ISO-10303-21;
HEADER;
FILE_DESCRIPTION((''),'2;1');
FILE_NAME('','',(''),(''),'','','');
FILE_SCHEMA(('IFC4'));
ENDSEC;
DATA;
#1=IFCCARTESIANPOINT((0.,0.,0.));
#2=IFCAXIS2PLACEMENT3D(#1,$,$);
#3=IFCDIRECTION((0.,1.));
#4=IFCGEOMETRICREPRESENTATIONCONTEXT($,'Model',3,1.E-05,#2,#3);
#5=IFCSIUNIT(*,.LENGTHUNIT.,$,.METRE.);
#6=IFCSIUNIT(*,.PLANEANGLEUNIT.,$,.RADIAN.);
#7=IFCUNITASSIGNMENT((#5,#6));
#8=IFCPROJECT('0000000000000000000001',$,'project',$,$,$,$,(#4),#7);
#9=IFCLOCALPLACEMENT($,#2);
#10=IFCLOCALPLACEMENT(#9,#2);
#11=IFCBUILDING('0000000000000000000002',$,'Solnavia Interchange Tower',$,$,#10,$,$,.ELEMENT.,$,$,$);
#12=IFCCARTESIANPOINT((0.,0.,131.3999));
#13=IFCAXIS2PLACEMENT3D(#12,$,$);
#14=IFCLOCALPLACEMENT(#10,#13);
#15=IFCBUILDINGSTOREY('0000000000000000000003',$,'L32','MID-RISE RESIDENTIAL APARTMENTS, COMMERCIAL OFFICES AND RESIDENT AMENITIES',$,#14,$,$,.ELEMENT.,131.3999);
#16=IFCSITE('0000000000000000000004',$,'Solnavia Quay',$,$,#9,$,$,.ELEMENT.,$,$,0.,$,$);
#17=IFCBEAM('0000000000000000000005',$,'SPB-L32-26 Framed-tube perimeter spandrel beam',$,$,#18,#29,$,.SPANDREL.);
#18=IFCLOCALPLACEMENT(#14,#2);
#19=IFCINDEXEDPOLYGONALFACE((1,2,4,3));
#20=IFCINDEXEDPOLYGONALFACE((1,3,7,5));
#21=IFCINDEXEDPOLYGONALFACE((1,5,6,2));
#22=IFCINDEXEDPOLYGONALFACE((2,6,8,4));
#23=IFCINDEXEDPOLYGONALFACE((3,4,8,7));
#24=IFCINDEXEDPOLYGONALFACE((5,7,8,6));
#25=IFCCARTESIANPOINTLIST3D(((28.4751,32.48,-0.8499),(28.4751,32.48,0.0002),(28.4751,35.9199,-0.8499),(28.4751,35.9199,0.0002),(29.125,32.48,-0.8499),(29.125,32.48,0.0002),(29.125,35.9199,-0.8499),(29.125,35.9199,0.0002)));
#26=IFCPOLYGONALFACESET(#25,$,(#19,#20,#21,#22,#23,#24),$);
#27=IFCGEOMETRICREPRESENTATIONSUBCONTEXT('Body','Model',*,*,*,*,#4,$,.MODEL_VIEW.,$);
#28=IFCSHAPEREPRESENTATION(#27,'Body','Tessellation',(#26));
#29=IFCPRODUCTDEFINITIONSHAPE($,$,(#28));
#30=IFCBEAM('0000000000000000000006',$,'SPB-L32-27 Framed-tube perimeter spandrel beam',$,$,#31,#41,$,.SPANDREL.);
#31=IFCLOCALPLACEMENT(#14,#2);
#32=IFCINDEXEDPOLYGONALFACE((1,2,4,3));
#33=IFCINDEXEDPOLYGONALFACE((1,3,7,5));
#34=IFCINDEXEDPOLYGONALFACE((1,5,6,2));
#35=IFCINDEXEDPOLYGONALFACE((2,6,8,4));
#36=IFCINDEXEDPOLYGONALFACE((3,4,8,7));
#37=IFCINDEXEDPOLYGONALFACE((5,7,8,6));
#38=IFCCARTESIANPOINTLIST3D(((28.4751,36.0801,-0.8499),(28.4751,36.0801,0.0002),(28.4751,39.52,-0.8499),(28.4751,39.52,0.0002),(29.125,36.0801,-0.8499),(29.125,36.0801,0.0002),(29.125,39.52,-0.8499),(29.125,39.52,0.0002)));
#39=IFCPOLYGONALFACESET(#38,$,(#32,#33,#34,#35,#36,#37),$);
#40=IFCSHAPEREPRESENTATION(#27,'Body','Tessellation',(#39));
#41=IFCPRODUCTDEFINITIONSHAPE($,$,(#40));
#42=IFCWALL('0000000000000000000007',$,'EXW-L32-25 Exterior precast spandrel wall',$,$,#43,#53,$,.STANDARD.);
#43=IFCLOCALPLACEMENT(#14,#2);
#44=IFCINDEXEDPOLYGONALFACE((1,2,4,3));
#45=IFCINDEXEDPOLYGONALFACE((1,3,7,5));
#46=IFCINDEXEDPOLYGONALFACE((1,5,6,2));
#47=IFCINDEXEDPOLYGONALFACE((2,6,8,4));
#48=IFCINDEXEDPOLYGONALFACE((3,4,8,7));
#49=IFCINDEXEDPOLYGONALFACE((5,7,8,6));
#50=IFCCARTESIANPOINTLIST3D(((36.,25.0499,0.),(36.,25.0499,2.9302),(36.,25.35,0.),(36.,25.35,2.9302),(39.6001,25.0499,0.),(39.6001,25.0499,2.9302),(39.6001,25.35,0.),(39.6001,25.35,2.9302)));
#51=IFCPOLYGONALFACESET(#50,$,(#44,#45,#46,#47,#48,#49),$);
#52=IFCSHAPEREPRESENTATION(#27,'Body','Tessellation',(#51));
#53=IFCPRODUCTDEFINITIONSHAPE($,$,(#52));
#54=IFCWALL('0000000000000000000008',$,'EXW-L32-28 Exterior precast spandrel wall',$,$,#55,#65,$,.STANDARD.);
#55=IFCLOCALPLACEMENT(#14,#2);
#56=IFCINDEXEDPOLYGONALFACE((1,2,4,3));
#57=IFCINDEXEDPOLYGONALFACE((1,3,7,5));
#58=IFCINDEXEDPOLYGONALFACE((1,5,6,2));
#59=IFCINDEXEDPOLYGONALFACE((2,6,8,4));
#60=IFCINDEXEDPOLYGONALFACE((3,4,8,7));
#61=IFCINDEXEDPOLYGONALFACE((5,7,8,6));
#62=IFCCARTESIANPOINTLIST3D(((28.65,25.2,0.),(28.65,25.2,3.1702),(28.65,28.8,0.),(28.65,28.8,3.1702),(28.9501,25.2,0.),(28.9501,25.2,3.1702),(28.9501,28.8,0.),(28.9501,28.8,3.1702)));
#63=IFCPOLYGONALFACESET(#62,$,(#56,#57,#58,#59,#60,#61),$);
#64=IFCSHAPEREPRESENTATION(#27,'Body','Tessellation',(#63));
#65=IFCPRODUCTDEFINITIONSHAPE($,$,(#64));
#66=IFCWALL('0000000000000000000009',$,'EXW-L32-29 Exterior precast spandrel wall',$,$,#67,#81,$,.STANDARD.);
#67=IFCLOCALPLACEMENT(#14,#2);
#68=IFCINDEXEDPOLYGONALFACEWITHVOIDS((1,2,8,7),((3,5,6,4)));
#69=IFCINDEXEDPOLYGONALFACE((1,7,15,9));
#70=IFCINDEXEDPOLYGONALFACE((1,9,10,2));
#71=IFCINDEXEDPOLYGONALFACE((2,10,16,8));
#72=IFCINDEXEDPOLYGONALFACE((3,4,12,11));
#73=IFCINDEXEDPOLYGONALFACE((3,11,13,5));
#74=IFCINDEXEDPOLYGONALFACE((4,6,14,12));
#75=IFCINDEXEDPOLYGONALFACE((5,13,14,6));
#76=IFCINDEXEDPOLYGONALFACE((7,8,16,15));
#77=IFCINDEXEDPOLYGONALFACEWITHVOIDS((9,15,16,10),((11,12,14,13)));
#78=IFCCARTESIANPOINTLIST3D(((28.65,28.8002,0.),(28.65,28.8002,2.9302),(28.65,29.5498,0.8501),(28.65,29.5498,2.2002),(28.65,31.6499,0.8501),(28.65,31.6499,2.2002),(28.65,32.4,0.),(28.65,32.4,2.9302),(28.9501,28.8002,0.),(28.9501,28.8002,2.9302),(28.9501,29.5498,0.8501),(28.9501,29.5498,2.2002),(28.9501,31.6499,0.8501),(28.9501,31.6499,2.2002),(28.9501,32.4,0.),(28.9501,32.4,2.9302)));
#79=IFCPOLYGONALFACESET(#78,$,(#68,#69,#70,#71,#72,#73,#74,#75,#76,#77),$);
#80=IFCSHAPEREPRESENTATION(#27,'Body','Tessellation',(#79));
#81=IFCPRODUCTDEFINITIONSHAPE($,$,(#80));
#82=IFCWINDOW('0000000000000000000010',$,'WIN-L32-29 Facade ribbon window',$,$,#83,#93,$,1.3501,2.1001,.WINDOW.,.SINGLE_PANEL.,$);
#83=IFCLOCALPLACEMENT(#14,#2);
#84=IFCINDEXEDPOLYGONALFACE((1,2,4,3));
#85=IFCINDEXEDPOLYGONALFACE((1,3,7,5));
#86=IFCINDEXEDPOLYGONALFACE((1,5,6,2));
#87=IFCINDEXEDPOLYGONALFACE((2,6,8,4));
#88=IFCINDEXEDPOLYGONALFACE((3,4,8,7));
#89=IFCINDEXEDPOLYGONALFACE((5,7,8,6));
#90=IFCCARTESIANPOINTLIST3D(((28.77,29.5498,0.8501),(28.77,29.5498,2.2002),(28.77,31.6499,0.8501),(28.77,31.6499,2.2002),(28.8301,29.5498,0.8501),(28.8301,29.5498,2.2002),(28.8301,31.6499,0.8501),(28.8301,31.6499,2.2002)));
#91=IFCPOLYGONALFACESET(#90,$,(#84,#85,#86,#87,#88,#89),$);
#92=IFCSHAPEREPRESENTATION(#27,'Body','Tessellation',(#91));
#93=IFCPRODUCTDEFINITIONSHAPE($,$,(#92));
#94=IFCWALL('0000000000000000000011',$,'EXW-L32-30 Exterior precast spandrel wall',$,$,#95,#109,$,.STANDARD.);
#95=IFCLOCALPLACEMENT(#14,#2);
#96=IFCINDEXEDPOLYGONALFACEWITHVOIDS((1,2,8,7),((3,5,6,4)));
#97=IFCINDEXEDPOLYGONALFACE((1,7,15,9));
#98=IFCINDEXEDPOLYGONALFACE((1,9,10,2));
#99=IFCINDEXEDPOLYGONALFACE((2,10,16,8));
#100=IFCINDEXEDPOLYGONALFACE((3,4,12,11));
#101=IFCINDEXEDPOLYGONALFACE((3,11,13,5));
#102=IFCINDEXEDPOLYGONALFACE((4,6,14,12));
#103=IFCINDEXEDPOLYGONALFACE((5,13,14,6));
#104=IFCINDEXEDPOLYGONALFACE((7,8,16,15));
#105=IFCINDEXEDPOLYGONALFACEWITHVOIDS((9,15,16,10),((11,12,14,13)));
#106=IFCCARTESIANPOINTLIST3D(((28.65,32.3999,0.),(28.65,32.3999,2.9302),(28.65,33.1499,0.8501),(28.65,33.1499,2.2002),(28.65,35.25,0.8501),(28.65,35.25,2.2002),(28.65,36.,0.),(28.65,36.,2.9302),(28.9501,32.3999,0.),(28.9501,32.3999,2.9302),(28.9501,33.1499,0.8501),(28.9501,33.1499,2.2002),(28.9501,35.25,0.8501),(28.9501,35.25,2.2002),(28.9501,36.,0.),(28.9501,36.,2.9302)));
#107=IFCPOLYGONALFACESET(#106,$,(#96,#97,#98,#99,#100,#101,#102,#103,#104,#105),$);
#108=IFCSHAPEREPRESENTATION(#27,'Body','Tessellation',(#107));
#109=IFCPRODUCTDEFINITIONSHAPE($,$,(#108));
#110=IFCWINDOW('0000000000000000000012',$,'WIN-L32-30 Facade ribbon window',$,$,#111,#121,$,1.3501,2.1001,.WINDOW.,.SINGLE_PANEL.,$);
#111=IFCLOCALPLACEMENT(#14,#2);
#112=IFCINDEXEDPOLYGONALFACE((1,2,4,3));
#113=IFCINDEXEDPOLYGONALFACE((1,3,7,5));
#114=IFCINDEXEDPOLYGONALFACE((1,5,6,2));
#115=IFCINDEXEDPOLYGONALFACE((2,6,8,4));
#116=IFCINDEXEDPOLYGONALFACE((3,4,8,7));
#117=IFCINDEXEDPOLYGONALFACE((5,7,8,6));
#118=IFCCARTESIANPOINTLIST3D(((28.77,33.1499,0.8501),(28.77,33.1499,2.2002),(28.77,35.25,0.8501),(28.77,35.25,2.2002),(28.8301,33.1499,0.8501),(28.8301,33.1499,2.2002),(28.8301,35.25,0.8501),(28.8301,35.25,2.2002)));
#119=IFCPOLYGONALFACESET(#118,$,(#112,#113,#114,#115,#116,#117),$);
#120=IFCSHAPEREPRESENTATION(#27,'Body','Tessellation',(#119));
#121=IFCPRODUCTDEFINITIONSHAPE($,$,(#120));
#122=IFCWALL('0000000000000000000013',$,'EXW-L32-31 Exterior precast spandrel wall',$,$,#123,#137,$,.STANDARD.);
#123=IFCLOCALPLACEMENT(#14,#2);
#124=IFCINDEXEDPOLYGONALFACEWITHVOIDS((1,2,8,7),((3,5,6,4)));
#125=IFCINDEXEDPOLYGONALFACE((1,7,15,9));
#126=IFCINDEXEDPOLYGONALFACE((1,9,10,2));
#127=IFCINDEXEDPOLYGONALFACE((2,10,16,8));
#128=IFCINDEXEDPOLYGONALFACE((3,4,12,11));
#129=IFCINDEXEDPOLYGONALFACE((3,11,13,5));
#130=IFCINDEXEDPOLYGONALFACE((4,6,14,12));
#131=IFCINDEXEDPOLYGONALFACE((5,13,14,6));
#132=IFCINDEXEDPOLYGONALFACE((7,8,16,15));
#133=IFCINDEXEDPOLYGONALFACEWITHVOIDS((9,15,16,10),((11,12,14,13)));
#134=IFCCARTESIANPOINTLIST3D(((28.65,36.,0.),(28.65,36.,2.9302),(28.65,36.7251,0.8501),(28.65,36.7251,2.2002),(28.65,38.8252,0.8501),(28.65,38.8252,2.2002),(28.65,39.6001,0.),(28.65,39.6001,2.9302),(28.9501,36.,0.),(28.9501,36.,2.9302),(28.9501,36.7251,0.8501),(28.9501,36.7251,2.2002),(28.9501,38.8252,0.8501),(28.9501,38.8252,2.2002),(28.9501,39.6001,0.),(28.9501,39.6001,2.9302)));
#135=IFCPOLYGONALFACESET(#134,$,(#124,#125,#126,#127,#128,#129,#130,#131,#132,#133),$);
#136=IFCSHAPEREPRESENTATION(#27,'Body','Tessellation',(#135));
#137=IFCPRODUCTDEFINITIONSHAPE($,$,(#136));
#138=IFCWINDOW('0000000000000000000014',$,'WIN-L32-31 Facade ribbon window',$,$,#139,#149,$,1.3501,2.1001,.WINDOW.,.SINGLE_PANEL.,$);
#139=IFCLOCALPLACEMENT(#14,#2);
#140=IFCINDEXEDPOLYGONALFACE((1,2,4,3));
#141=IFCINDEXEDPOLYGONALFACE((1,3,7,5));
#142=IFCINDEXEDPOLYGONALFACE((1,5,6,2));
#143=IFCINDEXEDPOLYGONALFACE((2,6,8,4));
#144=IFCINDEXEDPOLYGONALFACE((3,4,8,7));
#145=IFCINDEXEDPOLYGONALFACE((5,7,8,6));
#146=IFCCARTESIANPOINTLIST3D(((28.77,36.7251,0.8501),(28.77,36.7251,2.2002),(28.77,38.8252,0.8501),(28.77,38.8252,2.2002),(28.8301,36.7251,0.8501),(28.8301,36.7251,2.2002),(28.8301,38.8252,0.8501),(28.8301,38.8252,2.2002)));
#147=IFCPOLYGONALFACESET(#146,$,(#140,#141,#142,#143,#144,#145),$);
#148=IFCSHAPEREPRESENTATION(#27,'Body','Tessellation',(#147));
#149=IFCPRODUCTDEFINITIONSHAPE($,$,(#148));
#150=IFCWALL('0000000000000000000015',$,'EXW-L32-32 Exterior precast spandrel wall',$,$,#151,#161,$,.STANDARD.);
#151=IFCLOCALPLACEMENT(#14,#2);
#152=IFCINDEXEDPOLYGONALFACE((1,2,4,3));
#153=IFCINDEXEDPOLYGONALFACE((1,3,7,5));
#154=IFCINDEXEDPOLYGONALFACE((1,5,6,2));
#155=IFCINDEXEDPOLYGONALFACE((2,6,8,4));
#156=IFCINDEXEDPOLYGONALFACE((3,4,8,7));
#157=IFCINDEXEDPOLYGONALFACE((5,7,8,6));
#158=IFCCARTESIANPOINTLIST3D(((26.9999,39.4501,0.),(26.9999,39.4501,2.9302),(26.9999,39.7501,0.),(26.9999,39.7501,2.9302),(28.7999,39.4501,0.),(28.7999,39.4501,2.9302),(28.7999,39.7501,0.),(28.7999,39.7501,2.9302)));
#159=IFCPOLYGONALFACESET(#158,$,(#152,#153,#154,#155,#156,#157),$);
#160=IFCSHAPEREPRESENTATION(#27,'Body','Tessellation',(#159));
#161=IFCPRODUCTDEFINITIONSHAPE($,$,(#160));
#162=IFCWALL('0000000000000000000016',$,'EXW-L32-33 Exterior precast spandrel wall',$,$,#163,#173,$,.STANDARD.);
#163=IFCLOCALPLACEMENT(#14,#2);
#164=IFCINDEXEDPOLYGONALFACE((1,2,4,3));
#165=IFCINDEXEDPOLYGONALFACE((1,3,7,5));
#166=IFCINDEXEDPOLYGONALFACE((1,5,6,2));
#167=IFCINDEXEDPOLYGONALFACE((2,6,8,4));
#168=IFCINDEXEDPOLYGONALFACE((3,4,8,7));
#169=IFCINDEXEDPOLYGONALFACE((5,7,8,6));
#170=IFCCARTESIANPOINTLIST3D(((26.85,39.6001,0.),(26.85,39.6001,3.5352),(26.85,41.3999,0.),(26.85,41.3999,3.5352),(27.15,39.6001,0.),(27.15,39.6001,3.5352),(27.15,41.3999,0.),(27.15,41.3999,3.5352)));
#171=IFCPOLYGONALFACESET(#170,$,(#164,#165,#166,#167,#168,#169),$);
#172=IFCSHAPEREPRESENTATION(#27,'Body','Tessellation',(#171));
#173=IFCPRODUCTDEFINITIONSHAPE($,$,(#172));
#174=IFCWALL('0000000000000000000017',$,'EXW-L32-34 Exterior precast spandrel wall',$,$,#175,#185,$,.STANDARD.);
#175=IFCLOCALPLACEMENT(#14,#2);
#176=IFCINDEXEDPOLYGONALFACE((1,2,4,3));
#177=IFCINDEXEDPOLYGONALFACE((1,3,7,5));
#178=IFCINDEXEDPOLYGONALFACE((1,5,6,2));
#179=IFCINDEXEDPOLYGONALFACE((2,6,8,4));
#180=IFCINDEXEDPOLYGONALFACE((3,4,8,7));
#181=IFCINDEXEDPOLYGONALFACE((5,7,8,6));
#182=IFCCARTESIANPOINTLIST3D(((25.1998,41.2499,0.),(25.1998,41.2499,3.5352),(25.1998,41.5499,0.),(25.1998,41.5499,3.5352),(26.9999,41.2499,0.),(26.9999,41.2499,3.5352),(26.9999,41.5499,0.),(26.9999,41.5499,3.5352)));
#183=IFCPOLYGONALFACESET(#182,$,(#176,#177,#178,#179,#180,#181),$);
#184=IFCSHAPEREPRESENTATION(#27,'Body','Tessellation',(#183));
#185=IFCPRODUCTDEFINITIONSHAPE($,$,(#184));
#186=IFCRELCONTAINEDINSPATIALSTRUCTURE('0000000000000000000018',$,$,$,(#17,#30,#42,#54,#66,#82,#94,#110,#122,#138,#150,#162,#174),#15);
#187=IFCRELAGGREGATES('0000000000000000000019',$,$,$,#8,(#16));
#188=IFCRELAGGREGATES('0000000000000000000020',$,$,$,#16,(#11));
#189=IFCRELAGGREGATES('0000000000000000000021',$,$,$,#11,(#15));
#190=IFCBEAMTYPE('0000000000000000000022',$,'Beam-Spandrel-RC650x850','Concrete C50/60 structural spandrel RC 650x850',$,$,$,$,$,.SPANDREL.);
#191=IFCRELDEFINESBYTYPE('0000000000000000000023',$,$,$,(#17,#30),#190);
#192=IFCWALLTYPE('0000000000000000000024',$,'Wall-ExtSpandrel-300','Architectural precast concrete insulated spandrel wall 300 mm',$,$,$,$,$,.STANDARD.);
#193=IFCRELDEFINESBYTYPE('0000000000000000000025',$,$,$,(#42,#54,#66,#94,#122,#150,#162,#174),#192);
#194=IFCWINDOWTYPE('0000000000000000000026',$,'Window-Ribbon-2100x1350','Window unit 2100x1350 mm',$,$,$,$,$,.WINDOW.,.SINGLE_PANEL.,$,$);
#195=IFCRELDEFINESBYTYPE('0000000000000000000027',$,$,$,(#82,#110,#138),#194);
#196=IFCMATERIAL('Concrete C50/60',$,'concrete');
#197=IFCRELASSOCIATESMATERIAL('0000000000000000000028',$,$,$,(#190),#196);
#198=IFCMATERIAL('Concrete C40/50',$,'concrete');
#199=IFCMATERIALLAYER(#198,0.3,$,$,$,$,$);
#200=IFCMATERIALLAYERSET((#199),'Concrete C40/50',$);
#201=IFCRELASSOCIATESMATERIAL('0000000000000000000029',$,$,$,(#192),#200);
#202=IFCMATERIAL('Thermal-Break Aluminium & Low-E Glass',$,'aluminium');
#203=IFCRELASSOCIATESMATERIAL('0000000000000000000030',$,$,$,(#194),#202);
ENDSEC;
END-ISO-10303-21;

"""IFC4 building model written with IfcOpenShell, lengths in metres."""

from ifc_helpers import new_model, si_unit, direction, frame, frame_2d, origin, origin_2d, place, context, subcontext, project, spatial, rectangle, extrude, material, layer, layer_set, material_profile, profile_set, type_object, element, fill, save


model = new_model("IFC4")

# Units and contexts
model_context = context("Model", 3, precision=1e-05, world=origin(), true_north=direction((0.0, 1.0)))
body_context = subcontext(model_context, "Body", "Model", "MODEL_VIEW")
ifc_project = project(units=[si_unit("LENGTHUNIT", "METRE"), si_unit("PLANEANGLEUNIT", "RADIAN")], contexts=[model_context])

# Site, building, storey
site_placement = place(None, origin())
site = spatial("IfcSite", under=ifc_project, at=site_placement, Name="Solnavia Quay", CompositionType="ELEMENT", RefElevation=0.0)
building_placement = place(site_placement, origin())
building = spatial("IfcBuilding", under=site, at=building_placement, Name="Solnavia Interchange Tower", CompositionType="ELEMENT")
storey_placement = place(building_placement, frame((0.0, 0.0, 131.3999)))
storey = spatial("IfcBuildingStorey", under=building, at=storey_placement, Name="L32", Description="MID-RISE RESIDENTIAL APARTMENTS, COMMERCIAL OFFICES AND RESIDENT AMENITIES", CompositionType="ELEMENT", Elevation=131.3999)

# Shared definitions
ifc_material_1 = material(Name="Concrete C50/60", Category="concrete")

# Beams
ifc_material_profile_1 = material_profile(ifc_material_1, rectangle(XDim=0.6499, YDim=0.8501, at=origin_2d()), Name="RC 650x850")
ifc_profile_set_1 = profile_set([ifc_material_profile_1], Name="Concrete C50/60")
beam_type_1 = type_object("IfcBeamType", Name="Beam-Spandrel-RC650x850", Description="Concrete C50/60 structural spandrel RC 650x850", PredefinedType="SPANDREL", material=ifc_profile_set_1)
for number, where, z_axis, x_axis, name in (
    (1, (28.8, 32.48, -0.4248), (0.0, 1.0, 0.0), (-1.0, 0.0, 0.0), "SPB-L32-26 Framed-tube perimeter spandrel beam"),
    (2, (28.8, 36.0801, -0.4248), (0.0, 1.0, 0.0), (-1.0, 0.0, 0.0), "SPB-L32-27 Framed-tube perimeter spandrel beam"),
):
    element("IfcBeam", number, at=place(storey_placement, frame(where, z_axis=z_axis, x_axis=x_axis)), inside=storey, type_object=beam_type_1, Name=name, PredefinedType="SPANDREL", context=body_context, shape_type="SweptSolid", body=[
        extrude(rectangle(XDim=0.6499, YDim=0.8501, at=origin_2d()), origin(), (0.0, 0.0, 1.0), 3.4399),
    ])

# Walls
ifc_material_2 = material(Name="Concrete C40/50", Category="concrete")
ifc_layer = layer(ifc_material_2, 0.3)
ifc_layer_set = layer_set([ifc_layer], Name="Concrete C40/50")
wall_type = type_object("IfcWallType", Name="Wall-ExtSpandrel-300", Description="Architectural precast concrete insulated spandrel wall 300 mm", PredefinedType="STANDARD", material=ifc_layer_set)
wall_1_placement = place(storey_placement, frame((36.0, 25.2, 0.0), z_axis=(0.0, 0.0, 1.0), x_axis=(1.0, 0.0, 0.0)))
element("IfcWall", 3, at=wall_1_placement, inside=storey, type_object=wall_type, Name="EXW-L32-25 Exterior precast spandrel wall", PredefinedType="STANDARD", context=body_context, shape_type="SweptSolid", body=[
    extrude(rectangle(XDim=3.6001, YDim=0.3, at=frame_2d((1.8, 0.0))), origin(), (0.0, 0.0, 1.0), 2.9302),
])
wall_2_placement = place(storey_placement, frame((28.8, 28.8, 0.0), z_axis=(0.0, 0.0, 1.0), x_axis=(0.0, -1.0, 0.0)))
element("IfcWall", 4, at=wall_2_placement, inside=storey, type_object=wall_type, Name="EXW-L32-28 Exterior precast spandrel wall", PredefinedType="STANDARD", context=body_context, shape_type="SweptSolid", body=[
    extrude(rectangle(XDim=3.6001, YDim=0.3, at=frame_2d((1.8, 0.0))), origin(), (0.0, 0.0, 1.0), 3.1702),
])

# Walls, openings, windows
wall_3_placement = place(storey_placement, frame((28.8, 32.3999, 0.0), z_axis=(0.0, 0.0, 1.0), x_axis=(0.0, -1.0, 0.0)))
wall_3 = element("IfcWall", 5, at=wall_3_placement, inside=storey, type_object=wall_type, Name="EXW-L32-29 Exterior precast spandrel wall", PredefinedType="STANDARD", context=body_context, shape_type="SweptSolid", body=[
    extrude(rectangle(XDim=3.5999, YDim=0.3, at=frame_2d((1.7998, 0.0))), origin(), (0.0, 0.0, 1.0), 2.9302),
])
opening_1_placement = place(wall_3_placement, frame((0.75, 0.0, 0.8501)))
opening_1 = element("IfcOpeningElement", 6, at=opening_1_placement, cuts=wall_3, PredefinedType="OPENING", context=body_context, shape_type="SweptSolid", body=[
    extrude(rectangle(XDim=2.1001, YDim=1.3501, at=frame_2d((1.05, 0.675))), frame((0.0, 0.1602, 0.0), z_axis=(0.0, -1.0, 0.0), x_axis=(1.0, 0.0, 0.0)), (0.0, 0.0, 1.0), 0.3201),
])
ifc_material_3 = material(Name="Thermal-Break Aluminium & Low-E Glass", Category="aluminium")
window_type = type_object("IfcWindowType", Name="Window-Ribbon-2100x1350", Description="Window unit 2100x1350 mm", PartitioningType="SINGLE_PANEL", PredefinedType="WINDOW", material=ifc_material_3)
window_1_placement = place(opening_1_placement, origin())
window_1 = element("IfcWindow", 7, at=window_1_placement, inside=storey, type_object=window_type, Name="WIN-L32-29 Facade ribbon window", OverallHeight=1.3501, OverallWidth=2.1001, PartitioningType="SINGLE_PANEL", PredefinedType="WINDOW", context=body_context, shape_type="SweptSolid", body=[
    extrude(rectangle(XDim=2.1001, YDim=1.3501, at=frame_2d((1.05, 0.675))), frame((0.0, 0.03, 0.0), z_axis=(0.0, -1.0, 0.0), x_axis=(1.0, 0.0, 0.0)), (0.0, 0.0, 1.0), 0.0601),
])
fill(opening_1, window_1)
wall_4_placement = place(storey_placement, frame((28.8, 36.0, 0.0), z_axis=(0.0, 0.0, 1.0), x_axis=(0.0, -1.0, 0.0)))
wall_4 = element("IfcWall", 8, at=wall_4_placement, inside=storey, type_object=wall_type, Name="EXW-L32-30 Exterior precast spandrel wall", PredefinedType="STANDARD", context=body_context, shape_type="SweptSolid", body=[
    extrude(rectangle(XDim=3.6001, YDim=0.3, at=frame_2d((1.8, 0.0))), origin(), (0.0, 0.0, 1.0), 2.9302),
])
opening_2_placement = place(wall_4_placement, frame((0.75, 0.0, 0.8501)))
opening_2 = element("IfcOpeningElement", 9, at=opening_2_placement, cuts=wall_4, PredefinedType="OPENING", context=body_context, shape_type="SweptSolid", body=[
    extrude(rectangle(XDim=2.1001, YDim=1.3501, at=frame_2d((1.05, 0.675))), frame((0.0, 0.1602, 0.0), z_axis=(0.0, -1.0, 0.0), x_axis=(1.0, 0.0, 0.0)), (0.0, 0.0, 1.0), 0.3201),
])
window_2_placement = place(opening_2_placement, origin())
window_2 = element("IfcWindow", 10, at=window_2_placement, inside=storey, type_object=window_type, Name="WIN-L32-30 Facade ribbon window", OverallHeight=1.3501, OverallWidth=2.1001, PartitioningType="SINGLE_PANEL", PredefinedType="WINDOW", context=body_context, shape_type="SweptSolid", body=[
    extrude(rectangle(XDim=2.1001, YDim=1.3501, at=frame_2d((1.05, 0.675))), frame((0.0, 0.03, 0.0), z_axis=(0.0, -1.0, 0.0), x_axis=(1.0, 0.0, 0.0)), (0.0, 0.0, 1.0), 0.0601),
])
fill(opening_2, window_2)
wall_5_placement = place(storey_placement, frame((28.8, 39.6001, 0.0), z_axis=(0.0, 0.0, 1.0), x_axis=(0.0, -1.0, 0.0)))
wall_5 = element("IfcWall", 11, at=wall_5_placement, inside=storey, type_object=wall_type, Name="EXW-L32-31 Exterior precast spandrel wall", PredefinedType="STANDARD", context=body_context, shape_type="SweptSolid", body=[
    extrude(rectangle(XDim=3.6001, YDim=0.3, at=frame_2d((1.8, 0.0))), origin(), (0.0, 0.0, 1.0), 2.9302),
])
opening_3_placement = place(wall_5_placement, frame((0.7749, 0.0, 0.8501)))
opening_3 = element("IfcOpeningElement", 12, at=opening_3_placement, cuts=wall_5, PredefinedType="OPENING", context=body_context, shape_type="SweptSolid", body=[
    extrude(rectangle(XDim=2.1001, YDim=1.3501, at=frame_2d((1.05, 0.675))), frame((0.0, 0.1602, 0.0), z_axis=(0.0, -1.0, 0.0), x_axis=(1.0, 0.0, 0.0)), (0.0, 0.0, 1.0), 0.3201),
])
window_3_placement = place(opening_3_placement, origin())
window_3 = element("IfcWindow", 13, at=window_3_placement, inside=storey, type_object=window_type, Name="WIN-L32-31 Facade ribbon window", OverallHeight=1.3501, OverallWidth=2.1001, PartitioningType="SINGLE_PANEL", PredefinedType="WINDOW", context=body_context, shape_type="SweptSolid", body=[
    extrude(rectangle(XDim=2.1001, YDim=1.3501, at=frame_2d((1.05, 0.675))), frame((0.0, 0.03, 0.0), z_axis=(0.0, -1.0, 0.0), x_axis=(1.0, 0.0, 0.0)), (0.0, 0.0, 1.0), 0.0601),
])
fill(opening_3, window_3)

# Walls
wall_6_placement = place(storey_placement, frame((27.0, 39.6001, 0.0), z_axis=(0.0, 0.0, 1.0), x_axis=(1.0, 0.0, 0.0)))
element("IfcWall", 14, at=wall_6_placement, inside=storey, type_object=wall_type, Name="EXW-L32-32 Exterior precast spandrel wall", PredefinedType="STANDARD", context=body_context, shape_type="SweptSolid", body=[
    extrude(rectangle(XDim=1.8, YDim=0.3, at=frame_2d((0.8999, 0.0))), origin(), (0.0, 0.0, 1.0), 2.9302),
])
wall_7_placement = place(storey_placement, frame((27.0, 39.6001, 0.0), z_axis=(0.0, 0.0, 1.0), x_axis=(0.0, 1.0, 0.0)))
element("IfcWall", 15, at=wall_7_placement, inside=storey, type_object=wall_type, Name="EXW-L32-33 Exterior precast spandrel wall", PredefinedType="STANDARD", context=body_context, shape_type="SweptSolid", body=[
    extrude(rectangle(XDim=1.7998, YDim=0.3, at=frame_2d((0.8999, 0.0))), origin(), (0.0, 0.0, 1.0), 3.5352),
])
wall_8_placement = place(storey_placement, frame((25.2, 41.3999, 0.0), z_axis=(0.0, 0.0, 1.0), x_axis=(1.0, 0.0, 0.0)))
element("IfcWall", 16, at=wall_8_placement, inside=storey, type_object=wall_type, Name="EXW-L32-34 Exterior precast spandrel wall", PredefinedType="STANDARD", context=body_context, shape_type="SweptSolid", body=[
    extrude(rectangle(XDim=1.8, YDim=0.3, at=frame_2d((0.8999, 0.0))), origin(), (0.0, 0.0, 1.0), 3.5352),
])

save(model, "model.ifc")
